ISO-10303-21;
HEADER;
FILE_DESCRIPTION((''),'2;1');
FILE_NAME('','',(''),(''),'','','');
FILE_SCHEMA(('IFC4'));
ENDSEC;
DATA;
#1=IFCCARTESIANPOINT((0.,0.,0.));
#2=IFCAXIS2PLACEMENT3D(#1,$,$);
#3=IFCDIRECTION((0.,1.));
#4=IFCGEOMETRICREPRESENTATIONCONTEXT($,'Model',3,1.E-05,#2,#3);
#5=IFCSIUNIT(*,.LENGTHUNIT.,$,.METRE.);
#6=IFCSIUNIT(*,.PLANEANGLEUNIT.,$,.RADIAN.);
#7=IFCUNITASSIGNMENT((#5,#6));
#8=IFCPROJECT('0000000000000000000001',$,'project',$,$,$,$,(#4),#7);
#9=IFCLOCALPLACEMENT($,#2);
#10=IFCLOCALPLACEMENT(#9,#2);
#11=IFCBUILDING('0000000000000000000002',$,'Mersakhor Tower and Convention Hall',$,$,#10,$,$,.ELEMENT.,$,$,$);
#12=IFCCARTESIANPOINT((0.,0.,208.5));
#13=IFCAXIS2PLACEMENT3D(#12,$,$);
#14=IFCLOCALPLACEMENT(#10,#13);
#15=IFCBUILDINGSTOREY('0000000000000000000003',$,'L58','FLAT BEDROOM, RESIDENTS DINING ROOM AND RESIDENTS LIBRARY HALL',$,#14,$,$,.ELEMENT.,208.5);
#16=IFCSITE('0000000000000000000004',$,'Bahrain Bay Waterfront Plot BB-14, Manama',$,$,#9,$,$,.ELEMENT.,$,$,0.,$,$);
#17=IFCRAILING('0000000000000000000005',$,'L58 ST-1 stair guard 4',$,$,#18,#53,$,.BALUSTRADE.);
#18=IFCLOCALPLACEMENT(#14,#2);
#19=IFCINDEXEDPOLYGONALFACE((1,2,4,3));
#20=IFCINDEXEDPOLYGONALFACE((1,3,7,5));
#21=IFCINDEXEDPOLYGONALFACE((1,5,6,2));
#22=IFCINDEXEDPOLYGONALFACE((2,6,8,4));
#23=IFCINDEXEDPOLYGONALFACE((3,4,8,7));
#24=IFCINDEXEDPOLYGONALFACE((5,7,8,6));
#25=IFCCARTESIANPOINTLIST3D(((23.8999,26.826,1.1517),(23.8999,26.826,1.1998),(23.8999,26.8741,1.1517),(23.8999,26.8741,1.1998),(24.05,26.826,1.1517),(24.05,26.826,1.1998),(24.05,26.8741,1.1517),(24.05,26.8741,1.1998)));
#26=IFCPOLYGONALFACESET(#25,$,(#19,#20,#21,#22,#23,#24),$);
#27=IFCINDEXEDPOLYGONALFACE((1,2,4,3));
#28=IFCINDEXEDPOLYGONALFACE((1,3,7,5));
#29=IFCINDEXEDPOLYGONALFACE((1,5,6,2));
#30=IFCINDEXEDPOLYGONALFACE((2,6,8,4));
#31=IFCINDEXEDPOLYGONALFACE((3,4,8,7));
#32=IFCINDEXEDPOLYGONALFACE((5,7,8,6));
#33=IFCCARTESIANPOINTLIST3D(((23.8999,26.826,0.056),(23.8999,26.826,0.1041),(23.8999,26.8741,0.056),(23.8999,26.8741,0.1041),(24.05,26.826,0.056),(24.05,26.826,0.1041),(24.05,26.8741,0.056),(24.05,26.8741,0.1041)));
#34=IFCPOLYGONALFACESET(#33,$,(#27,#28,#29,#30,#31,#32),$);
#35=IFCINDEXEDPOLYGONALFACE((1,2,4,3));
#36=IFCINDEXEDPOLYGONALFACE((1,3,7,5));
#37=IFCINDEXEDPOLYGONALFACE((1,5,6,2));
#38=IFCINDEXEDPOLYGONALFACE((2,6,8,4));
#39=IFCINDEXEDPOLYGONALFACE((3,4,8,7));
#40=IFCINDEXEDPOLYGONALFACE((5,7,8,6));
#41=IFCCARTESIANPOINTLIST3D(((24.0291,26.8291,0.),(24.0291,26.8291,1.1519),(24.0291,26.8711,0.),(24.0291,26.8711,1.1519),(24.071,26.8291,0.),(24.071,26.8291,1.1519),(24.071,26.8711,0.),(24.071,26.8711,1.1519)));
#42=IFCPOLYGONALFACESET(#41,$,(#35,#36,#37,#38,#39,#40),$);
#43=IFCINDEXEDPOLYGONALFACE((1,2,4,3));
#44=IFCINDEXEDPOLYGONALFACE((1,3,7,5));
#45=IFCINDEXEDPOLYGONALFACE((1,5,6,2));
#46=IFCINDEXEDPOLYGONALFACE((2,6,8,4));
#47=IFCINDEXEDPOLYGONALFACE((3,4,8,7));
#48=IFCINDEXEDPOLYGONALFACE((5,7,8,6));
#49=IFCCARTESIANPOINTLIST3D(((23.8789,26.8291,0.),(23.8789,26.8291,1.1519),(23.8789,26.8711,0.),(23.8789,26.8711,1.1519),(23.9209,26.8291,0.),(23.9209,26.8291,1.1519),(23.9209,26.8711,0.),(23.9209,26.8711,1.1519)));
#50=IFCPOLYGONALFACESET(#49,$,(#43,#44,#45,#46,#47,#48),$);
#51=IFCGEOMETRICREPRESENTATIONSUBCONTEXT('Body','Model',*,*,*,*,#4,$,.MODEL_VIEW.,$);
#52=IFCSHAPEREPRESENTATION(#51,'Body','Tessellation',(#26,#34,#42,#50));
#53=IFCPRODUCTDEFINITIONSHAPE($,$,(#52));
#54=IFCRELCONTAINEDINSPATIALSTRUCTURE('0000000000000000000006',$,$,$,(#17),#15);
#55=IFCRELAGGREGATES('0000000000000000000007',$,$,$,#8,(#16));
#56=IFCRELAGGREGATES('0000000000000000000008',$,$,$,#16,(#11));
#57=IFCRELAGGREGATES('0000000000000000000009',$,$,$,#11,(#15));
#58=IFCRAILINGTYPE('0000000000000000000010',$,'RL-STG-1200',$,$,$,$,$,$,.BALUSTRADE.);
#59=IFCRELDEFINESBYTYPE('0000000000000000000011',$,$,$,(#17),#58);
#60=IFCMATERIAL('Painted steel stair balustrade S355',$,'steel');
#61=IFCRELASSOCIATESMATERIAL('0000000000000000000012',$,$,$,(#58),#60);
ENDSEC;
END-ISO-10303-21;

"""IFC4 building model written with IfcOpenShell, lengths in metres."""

from ifc_helpers import new_model, si_unit, direction, frame, origin, origin_2d, place, context, subcontext, project, spatial, rectangle, extrude, material, type_object, element, save


model = new_model("IFC4")

# Units and contexts
model_context = context("Model", 3, precision=1e-05, world=origin(), true_north=direction((0.0, 1.0)))
body_context = subcontext(model_context, "Body", "Model", "MODEL_VIEW")
ifc_project = project(units=[si_unit("LENGTHUNIT", "METRE"), si_unit("PLANEANGLEUNIT", "RADIAN")], contexts=[model_context])

# Site, building, storey
site_placement = place(None, origin())
site = spatial("IfcSite", under=ifc_project, at=site_placement, Name="Bahrain Bay Waterfront Plot BB-14, Manama", CompositionType="ELEMENT", RefElevation=0.0)
building_placement = place(site_placement, origin())
building = spatial("IfcBuilding", under=site, at=building_placement, Name="Mersakhor Tower and Convention Hall", CompositionType="ELEMENT")
storey_placement = place(building_placement, frame((0.0, 0.0, 208.5)))
storey = spatial("IfcBuildingStorey", under=building, at=storey_placement, Name="L58", Description="FLAT BEDROOM, RESIDENTS DINING ROOM AND RESIDENTS LIBRARY HALL", CompositionType="ELEMENT", Elevation=208.5)

# Railing
ifc_material_1 = material(Name="Painted steel stair balustrade S355", Category="steel")
railing_type_1 = type_object("IfcRailingType", Name="RL-STG-1200", PredefinedType="BALUSTRADE", material=ifc_material_1)
railing_1_placement = place(storey_placement, frame((24.05, 26.8501, 0.0)))
element("IfcRailing", 1, at=railing_1_placement, inside=storey, type_object=railing_type_1, Name="L58 ST-1 stair guard 4", PredefinedType="BALUSTRADE", context=body_context, shape_type="SweptSolid", body=[
    extrude(rectangle(XDim=0.0481, YDim=0.0481, at=origin_2d()), frame((0.0, 0.0, 1.1758), z_axis=(-1.0, 0.0, 0.0), x_axis=(0.0, -1.0, 0.0)), (0.0, 0.0, 1.0), 0.1501),
    extrude(rectangle(XDim=0.0481, YDim=0.0481, at=origin_2d()), frame((0.0, 0.0, 0.0801), z_axis=(-1.0, 0.0, 0.0), x_axis=(0.0, -1.0, 0.0)), (0.0, 0.0, 1.0), 0.1501),
    extrude(rectangle(XDim=0.042, YDim=0.042, at=origin_2d()), origin(), (0.0, 0.0, 1.0), 1.1519),
    extrude(rectangle(XDim=0.042, YDim=0.042, at=origin_2d()), frame((-0.1501, 0.0, 0.0)), (0.0, 0.0, 1.0), 1.1519),
])

save(model, "model.ifc")
